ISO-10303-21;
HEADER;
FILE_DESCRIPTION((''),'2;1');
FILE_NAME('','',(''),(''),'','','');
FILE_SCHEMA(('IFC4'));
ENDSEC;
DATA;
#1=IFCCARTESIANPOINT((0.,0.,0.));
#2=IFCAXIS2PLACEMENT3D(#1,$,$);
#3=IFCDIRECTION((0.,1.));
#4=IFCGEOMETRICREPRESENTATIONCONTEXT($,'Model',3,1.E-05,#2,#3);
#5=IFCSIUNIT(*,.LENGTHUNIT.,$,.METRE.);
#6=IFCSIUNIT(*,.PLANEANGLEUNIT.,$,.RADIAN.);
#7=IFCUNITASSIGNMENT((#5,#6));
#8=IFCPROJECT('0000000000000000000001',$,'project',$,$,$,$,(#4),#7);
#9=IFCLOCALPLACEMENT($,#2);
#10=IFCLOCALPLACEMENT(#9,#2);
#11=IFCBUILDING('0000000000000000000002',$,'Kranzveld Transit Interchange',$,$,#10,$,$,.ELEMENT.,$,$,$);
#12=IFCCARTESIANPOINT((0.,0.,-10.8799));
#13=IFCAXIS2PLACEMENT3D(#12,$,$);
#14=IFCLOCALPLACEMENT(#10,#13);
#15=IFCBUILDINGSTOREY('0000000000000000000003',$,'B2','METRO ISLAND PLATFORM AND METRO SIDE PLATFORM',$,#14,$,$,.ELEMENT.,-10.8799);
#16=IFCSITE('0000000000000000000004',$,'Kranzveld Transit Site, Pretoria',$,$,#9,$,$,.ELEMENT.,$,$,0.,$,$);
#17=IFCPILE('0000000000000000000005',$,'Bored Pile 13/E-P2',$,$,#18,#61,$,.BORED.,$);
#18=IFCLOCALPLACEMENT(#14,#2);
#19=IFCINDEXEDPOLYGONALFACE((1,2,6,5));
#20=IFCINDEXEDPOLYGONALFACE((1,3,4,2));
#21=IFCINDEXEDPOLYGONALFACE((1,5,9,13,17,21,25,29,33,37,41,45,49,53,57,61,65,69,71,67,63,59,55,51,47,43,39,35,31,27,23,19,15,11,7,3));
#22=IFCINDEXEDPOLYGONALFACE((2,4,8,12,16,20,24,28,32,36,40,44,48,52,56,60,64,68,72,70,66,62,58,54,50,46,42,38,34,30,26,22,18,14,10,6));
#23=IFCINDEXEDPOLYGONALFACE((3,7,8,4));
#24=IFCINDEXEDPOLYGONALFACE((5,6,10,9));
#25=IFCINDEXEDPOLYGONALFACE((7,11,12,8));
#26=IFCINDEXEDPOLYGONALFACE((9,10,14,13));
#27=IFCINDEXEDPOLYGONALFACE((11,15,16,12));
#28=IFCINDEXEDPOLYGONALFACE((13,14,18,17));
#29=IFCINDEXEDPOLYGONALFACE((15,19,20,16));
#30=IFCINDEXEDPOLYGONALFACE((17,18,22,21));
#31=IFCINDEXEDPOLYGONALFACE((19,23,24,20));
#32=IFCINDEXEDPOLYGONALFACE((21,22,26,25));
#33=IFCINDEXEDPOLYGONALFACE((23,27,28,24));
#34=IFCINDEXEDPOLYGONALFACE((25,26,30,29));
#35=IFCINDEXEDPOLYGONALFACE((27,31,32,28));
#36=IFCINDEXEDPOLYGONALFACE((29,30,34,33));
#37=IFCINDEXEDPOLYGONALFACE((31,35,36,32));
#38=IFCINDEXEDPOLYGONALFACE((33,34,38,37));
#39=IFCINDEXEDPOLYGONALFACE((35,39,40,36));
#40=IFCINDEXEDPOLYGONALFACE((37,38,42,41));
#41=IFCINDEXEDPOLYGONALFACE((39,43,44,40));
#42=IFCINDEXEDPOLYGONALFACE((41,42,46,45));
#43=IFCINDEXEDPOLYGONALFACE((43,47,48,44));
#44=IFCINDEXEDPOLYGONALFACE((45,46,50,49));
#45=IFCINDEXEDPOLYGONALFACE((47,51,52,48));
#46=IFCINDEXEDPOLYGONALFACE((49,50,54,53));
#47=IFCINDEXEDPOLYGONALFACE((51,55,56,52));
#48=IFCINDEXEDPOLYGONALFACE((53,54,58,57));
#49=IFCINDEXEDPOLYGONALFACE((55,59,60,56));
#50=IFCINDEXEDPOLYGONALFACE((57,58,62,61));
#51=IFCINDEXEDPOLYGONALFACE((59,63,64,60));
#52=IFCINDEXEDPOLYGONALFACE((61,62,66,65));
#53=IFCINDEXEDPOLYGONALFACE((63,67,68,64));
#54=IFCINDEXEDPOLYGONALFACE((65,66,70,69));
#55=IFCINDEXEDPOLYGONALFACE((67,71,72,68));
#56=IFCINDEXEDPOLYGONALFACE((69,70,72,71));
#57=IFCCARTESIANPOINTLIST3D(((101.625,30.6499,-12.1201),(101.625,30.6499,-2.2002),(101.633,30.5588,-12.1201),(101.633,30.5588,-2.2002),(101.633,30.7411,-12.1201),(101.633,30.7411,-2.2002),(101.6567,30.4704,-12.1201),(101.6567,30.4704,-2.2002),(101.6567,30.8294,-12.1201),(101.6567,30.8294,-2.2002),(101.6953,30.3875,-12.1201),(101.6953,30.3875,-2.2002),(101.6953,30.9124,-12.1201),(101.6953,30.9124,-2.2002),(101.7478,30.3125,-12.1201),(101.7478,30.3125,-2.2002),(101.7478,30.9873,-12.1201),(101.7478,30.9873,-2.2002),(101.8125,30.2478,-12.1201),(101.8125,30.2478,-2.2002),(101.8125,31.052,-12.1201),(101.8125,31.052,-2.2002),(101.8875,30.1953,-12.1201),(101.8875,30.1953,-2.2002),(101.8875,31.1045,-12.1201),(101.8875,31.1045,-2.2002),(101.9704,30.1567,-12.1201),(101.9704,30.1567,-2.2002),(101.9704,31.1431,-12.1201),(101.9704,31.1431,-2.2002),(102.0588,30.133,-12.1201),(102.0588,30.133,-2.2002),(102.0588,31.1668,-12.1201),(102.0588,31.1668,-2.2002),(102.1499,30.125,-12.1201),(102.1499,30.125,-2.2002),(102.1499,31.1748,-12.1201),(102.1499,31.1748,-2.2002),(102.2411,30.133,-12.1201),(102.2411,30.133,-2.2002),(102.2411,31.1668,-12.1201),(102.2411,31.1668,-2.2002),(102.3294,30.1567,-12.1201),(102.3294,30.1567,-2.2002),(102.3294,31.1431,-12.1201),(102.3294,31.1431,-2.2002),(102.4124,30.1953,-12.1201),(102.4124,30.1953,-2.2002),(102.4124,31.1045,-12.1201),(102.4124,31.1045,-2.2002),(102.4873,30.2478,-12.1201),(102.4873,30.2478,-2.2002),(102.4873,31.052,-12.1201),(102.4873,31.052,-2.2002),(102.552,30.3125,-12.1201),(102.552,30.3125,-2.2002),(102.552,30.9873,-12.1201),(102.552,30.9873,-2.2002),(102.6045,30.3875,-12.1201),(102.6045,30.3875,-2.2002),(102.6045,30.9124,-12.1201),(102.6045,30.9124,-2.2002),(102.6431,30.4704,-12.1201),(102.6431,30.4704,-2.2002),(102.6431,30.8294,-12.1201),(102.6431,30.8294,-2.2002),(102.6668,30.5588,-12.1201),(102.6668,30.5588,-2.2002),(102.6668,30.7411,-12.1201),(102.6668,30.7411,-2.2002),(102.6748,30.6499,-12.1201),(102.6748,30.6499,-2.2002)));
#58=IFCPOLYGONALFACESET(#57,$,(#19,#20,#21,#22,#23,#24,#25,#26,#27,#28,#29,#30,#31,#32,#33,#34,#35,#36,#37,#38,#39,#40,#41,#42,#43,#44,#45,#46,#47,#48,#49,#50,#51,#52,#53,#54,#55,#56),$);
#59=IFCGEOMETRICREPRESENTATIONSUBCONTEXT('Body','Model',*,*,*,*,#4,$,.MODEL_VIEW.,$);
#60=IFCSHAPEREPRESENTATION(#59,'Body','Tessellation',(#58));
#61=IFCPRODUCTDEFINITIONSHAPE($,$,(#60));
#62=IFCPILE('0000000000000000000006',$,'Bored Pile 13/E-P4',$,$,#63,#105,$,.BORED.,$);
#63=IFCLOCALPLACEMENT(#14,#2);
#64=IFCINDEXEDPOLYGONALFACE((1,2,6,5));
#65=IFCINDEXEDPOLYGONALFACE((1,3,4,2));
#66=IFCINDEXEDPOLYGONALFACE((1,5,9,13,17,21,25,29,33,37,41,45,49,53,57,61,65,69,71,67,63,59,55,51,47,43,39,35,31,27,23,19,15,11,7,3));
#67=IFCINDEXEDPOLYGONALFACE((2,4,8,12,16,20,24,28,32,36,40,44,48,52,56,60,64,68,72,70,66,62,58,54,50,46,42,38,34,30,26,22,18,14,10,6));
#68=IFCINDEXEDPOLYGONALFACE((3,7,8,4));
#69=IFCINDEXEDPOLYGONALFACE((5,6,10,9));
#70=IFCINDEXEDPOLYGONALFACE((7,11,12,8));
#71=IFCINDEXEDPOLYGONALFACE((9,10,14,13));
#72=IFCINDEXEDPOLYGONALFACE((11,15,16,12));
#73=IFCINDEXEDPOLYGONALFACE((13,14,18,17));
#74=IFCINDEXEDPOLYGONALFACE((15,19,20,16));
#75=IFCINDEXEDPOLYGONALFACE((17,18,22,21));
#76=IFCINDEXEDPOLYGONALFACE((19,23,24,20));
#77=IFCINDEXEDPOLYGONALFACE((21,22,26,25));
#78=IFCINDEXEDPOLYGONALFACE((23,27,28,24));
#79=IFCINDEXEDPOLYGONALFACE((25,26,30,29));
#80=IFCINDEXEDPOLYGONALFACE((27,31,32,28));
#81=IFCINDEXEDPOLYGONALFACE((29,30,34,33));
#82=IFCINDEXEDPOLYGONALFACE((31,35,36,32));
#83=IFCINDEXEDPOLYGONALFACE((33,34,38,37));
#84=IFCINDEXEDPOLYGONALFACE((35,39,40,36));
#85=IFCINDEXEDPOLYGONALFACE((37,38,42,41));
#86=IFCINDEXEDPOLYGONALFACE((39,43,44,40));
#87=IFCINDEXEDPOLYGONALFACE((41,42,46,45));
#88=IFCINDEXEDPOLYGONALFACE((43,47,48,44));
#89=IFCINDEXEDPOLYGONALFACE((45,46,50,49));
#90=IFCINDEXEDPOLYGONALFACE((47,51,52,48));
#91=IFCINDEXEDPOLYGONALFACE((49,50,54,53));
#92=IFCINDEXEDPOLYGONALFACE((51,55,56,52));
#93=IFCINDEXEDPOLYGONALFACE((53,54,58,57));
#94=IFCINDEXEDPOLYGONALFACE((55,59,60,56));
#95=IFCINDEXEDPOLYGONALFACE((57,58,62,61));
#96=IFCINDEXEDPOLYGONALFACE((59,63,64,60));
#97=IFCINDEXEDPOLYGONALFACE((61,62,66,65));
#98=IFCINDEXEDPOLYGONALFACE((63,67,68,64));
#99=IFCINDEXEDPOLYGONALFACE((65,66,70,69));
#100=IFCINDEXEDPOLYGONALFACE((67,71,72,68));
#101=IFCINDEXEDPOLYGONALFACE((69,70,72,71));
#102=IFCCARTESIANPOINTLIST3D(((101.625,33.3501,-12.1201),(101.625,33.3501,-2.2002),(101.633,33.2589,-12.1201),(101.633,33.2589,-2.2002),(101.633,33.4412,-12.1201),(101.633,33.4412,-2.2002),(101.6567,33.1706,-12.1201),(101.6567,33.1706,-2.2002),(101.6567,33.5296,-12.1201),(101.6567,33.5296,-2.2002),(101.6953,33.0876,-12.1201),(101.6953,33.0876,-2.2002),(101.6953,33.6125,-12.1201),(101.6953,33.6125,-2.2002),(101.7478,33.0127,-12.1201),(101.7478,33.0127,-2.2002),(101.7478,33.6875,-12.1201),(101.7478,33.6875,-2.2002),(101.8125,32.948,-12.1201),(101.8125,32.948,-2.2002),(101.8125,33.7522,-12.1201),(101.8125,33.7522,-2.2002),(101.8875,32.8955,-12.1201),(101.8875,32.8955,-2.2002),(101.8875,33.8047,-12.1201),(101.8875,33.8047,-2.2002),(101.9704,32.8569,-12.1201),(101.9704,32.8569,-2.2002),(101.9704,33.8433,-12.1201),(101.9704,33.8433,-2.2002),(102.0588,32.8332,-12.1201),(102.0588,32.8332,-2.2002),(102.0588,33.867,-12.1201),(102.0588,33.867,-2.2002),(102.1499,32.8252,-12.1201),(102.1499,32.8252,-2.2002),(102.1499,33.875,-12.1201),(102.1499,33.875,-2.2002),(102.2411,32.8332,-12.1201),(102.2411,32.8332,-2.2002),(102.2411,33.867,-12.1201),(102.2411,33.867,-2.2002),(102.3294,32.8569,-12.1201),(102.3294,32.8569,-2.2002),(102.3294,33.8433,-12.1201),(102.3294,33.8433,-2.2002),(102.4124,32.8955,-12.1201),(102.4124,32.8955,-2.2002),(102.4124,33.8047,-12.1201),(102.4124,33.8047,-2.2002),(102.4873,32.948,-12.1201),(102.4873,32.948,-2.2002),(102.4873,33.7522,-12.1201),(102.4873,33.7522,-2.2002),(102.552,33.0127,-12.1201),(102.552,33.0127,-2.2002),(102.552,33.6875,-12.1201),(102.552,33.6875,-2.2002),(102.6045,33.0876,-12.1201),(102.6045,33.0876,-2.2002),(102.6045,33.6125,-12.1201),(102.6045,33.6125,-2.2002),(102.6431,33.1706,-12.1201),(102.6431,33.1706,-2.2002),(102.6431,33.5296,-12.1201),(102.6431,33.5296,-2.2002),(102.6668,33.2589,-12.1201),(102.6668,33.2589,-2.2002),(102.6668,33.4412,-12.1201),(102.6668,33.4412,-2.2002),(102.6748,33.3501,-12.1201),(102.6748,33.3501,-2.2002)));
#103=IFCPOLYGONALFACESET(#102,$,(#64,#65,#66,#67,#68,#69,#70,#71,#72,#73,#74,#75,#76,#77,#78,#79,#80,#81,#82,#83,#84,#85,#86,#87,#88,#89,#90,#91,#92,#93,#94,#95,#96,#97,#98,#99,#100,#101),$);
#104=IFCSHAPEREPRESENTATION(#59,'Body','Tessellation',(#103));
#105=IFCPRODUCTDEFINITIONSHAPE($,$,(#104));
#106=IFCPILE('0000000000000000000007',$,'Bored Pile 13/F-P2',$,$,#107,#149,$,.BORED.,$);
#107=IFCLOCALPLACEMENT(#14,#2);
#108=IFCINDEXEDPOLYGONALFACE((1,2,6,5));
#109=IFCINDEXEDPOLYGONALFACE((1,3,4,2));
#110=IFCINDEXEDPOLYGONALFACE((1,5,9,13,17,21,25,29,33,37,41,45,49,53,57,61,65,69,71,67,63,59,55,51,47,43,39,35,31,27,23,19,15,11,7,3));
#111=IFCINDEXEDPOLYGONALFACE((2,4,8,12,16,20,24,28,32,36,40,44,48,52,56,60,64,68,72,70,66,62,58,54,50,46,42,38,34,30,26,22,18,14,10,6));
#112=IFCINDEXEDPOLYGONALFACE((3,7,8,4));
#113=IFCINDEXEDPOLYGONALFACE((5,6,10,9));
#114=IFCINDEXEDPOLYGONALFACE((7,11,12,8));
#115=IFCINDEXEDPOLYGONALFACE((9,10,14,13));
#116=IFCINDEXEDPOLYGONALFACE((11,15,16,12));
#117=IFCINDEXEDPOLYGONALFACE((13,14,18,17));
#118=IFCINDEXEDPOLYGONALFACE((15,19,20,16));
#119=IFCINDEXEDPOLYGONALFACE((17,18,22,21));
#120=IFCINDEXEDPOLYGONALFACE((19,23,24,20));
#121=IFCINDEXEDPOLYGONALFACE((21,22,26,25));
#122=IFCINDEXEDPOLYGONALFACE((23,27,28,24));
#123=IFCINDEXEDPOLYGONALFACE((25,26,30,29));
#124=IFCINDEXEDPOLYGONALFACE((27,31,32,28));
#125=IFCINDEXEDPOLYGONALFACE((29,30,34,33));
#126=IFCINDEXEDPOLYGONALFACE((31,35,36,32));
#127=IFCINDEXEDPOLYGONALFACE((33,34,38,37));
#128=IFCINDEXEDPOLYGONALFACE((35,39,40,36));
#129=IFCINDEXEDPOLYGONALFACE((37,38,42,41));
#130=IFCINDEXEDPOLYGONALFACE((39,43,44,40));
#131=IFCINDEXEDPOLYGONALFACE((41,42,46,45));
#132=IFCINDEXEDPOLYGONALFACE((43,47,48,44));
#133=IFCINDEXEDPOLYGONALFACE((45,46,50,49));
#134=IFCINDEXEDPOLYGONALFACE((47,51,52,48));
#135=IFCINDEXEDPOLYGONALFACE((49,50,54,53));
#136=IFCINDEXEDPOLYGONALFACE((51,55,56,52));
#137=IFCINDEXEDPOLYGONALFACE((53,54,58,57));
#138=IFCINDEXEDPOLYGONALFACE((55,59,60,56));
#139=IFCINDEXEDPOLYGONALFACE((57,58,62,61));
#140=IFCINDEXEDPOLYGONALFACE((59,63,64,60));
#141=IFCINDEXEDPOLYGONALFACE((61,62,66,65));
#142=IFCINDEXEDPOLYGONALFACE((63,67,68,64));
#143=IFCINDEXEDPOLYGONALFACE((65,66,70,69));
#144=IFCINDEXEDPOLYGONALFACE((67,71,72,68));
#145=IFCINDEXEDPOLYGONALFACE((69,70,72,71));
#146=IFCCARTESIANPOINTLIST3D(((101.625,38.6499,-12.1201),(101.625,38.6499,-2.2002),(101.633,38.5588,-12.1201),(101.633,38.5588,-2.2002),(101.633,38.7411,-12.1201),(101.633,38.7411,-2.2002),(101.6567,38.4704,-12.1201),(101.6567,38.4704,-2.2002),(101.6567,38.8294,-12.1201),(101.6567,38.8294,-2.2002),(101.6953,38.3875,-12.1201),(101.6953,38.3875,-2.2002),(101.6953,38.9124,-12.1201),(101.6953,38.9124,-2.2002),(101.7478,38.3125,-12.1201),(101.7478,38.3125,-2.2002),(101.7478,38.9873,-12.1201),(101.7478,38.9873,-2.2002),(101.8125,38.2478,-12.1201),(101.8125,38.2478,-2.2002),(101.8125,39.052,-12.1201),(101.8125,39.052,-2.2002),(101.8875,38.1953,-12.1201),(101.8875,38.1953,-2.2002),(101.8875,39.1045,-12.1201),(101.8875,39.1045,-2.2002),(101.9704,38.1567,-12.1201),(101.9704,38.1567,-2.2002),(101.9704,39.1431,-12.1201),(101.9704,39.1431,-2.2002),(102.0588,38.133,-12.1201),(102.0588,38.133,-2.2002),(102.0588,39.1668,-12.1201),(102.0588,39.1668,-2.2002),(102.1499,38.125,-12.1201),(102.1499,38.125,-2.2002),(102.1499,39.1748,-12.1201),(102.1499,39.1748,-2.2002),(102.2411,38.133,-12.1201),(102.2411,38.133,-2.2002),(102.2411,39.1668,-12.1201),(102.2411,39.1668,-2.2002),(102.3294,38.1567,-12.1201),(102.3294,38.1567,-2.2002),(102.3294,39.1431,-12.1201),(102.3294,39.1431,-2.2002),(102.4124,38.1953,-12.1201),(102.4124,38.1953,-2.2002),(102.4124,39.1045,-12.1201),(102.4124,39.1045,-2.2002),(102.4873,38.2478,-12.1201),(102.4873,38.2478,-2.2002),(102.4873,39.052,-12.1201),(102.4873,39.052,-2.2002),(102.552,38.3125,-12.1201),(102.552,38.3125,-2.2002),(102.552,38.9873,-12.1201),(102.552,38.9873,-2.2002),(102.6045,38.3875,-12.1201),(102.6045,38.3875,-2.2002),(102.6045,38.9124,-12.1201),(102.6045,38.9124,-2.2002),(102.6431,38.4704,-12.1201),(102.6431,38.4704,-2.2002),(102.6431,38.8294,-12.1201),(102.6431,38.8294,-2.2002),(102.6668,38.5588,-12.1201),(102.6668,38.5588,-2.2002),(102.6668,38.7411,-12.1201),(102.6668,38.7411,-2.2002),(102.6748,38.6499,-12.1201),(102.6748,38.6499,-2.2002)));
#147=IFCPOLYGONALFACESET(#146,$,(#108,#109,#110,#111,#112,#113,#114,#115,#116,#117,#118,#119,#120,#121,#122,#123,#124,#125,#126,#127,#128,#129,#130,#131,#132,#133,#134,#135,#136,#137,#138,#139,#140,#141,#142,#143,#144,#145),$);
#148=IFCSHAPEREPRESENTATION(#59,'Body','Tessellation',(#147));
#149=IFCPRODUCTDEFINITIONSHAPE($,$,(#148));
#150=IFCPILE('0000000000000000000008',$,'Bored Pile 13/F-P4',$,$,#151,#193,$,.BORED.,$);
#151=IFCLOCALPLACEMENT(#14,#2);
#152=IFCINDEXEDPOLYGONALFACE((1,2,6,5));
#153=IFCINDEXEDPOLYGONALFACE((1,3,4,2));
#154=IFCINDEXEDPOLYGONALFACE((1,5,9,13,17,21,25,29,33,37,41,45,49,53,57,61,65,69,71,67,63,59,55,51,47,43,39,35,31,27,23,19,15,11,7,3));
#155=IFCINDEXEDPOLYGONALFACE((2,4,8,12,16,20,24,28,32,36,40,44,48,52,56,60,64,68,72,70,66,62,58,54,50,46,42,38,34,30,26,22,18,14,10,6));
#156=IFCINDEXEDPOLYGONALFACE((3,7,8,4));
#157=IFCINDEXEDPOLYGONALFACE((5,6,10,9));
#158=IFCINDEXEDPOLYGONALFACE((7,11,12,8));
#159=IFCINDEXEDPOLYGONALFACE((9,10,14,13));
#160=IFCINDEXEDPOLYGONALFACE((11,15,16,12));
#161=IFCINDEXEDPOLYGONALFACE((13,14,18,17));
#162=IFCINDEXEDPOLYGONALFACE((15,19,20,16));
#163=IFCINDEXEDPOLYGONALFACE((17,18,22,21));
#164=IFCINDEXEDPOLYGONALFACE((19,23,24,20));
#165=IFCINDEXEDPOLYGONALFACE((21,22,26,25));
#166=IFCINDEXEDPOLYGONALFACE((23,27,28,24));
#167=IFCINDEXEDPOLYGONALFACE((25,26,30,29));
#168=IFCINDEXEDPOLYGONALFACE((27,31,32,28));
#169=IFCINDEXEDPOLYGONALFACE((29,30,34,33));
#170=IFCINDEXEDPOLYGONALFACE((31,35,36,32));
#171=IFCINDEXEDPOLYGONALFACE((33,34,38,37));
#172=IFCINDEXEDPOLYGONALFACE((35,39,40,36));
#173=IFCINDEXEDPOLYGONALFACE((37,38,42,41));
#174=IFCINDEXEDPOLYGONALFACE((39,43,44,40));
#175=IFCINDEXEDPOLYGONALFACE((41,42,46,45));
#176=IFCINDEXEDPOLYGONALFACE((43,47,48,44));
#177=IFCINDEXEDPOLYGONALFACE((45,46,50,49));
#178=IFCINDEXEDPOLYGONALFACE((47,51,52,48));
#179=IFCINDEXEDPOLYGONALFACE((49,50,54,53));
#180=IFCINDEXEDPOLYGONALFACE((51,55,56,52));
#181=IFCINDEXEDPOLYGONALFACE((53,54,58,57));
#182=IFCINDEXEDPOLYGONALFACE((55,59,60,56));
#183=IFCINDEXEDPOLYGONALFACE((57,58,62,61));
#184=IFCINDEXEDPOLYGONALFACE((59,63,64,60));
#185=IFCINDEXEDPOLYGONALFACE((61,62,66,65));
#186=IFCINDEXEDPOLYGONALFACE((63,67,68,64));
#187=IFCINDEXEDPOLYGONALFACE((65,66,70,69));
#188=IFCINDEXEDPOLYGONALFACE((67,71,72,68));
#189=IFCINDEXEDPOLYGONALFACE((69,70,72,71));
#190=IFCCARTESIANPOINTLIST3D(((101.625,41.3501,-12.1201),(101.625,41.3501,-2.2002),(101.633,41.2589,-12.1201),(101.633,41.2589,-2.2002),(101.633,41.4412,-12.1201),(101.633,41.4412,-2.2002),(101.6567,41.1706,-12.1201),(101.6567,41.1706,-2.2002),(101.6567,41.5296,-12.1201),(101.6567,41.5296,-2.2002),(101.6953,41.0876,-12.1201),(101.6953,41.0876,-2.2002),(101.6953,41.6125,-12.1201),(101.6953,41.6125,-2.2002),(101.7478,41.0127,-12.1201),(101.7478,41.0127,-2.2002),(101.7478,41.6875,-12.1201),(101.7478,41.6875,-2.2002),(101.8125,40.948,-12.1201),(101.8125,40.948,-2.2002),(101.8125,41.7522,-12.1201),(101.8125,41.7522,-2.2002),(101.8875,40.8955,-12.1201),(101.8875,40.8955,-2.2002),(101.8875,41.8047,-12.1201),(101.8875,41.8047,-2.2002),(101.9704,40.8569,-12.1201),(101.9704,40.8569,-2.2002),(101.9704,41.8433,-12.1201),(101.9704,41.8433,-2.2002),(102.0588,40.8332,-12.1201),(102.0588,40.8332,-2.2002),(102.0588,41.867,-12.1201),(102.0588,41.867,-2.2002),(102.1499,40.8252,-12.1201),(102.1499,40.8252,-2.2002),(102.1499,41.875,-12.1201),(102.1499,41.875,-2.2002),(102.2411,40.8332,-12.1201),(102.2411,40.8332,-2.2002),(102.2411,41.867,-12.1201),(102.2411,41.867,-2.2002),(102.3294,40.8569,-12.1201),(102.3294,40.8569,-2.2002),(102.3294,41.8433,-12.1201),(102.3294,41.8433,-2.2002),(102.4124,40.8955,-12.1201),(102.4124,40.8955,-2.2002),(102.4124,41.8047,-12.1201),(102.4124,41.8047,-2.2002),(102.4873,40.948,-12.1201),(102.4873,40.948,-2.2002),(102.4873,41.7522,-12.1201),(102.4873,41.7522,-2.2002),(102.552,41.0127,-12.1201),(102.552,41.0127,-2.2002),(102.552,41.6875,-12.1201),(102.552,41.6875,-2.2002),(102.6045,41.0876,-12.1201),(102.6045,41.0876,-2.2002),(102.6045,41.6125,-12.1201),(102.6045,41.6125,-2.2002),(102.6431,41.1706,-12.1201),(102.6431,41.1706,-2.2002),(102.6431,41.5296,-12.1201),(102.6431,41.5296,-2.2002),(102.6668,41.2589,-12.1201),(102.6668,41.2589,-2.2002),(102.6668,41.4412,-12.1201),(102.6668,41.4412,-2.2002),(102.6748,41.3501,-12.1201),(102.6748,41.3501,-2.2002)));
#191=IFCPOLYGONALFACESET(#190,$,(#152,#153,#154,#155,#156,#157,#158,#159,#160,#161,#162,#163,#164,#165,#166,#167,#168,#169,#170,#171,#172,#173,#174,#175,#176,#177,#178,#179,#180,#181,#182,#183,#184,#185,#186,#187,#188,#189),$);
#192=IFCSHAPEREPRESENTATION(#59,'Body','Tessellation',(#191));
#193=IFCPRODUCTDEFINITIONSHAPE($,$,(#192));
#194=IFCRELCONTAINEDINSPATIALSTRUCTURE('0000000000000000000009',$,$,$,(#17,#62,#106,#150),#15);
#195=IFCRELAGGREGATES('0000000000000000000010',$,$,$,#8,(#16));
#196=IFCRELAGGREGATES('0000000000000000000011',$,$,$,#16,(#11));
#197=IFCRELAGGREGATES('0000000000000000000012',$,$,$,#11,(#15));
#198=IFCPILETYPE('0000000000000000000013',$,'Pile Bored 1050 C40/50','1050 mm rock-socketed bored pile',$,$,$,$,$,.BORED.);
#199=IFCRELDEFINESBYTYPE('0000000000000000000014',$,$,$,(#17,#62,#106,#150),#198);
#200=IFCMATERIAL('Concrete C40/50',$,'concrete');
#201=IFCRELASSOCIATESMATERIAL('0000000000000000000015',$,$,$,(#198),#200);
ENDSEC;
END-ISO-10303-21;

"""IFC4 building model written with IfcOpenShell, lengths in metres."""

from ifc_helpers import new_model, si_unit, direction, frame, origin, origin_2d, place, context, subcontext, project, spatial, circle, extrude, material, material_profile, profile_set, type_object, element, save


model = new_model("IFC4")

# Units and contexts
model_context = context("Model", 3, precision=1e-05, world=origin(), true_north=direction((0.0, 1.0)))
body_context = subcontext(model_context, "Body", "Model", "MODEL_VIEW")
ifc_project = project(units=[si_unit("LENGTHUNIT", "METRE"), si_unit("PLANEANGLEUNIT", "RADIAN")], contexts=[model_context])

# Site, building, storey
site_placement = place(None, origin())
site = spatial("IfcSite", under=ifc_project, at=site_placement, Name="Kranzveld Transit Site, Pretoria", CompositionType="ELEMENT", RefElevation=0.0)
building_placement = place(site_placement, origin())
building = spatial("IfcBuilding", under=site, at=building_placement, Name="Kranzveld Transit Interchange", CompositionType="ELEMENT")
storey_placement = place(building_placement, frame((0.0, 0.0, -10.8799)))
storey = spatial("IfcBuildingStorey", under=building, at=storey_placement, Name="B2", Description="METRO ISLAND PLATFORM AND METRO SIDE PLATFORM", CompositionType="ELEMENT", Elevation=-10.8799)

# Piles
ifc_material_1 = material(Name="Concrete C40/50", Category="concrete")
ifc_material_profile_1 = material_profile(ifc_material_1, circle(Radius=0.5249, at=origin_2d()), Name="BORED PILE 1050")
ifc_profile_set_1 = profile_set([ifc_material_profile_1], Name="Concrete C40/50")
pile_type = type_object("IfcPileType", Name="Pile Bored 1050 C40/50", Description="1050 mm rock-socketed bored pile", PredefinedType="BORED", material=ifc_profile_set_1)
for number, where, z_axis, x_axis, name in (
    (1, (102.1499, 30.6499, -2.2002), (0.0, 0.0, -1.0), (1.0, 0.0, 0.0), "Bored Pile 13/E-P2"),
    (2, (102.1499, 33.3501, -2.2002), (0.0, 0.0, -1.0), (1.0, 0.0, 0.0), "Bored Pile 13/E-P4"),
    (3, (102.1499, 38.6499, -2.2002), (0.0, 0.0, -1.0), (1.0, 0.0, 0.0), "Bored Pile 13/F-P2"),
    (4, (102.1499, 41.3501, -2.2002), (0.0, 0.0, -1.0), (1.0, 0.0, 0.0), "Bored Pile 13/F-P4"),
):
    element("IfcPile", number, at=place(storey_placement, frame(where, z_axis=z_axis, x_axis=x_axis)), inside=storey, type_object=pile_type, Name=name, PredefinedType="BORED", context=body_context, shape_type="SweptSolid", body=[
        extrude(circle(Radius=0.5249, at=origin_2d()), origin(), (0.0, 0.0, 1.0), 9.9199),
    ])

save(model, "model.ifc")
